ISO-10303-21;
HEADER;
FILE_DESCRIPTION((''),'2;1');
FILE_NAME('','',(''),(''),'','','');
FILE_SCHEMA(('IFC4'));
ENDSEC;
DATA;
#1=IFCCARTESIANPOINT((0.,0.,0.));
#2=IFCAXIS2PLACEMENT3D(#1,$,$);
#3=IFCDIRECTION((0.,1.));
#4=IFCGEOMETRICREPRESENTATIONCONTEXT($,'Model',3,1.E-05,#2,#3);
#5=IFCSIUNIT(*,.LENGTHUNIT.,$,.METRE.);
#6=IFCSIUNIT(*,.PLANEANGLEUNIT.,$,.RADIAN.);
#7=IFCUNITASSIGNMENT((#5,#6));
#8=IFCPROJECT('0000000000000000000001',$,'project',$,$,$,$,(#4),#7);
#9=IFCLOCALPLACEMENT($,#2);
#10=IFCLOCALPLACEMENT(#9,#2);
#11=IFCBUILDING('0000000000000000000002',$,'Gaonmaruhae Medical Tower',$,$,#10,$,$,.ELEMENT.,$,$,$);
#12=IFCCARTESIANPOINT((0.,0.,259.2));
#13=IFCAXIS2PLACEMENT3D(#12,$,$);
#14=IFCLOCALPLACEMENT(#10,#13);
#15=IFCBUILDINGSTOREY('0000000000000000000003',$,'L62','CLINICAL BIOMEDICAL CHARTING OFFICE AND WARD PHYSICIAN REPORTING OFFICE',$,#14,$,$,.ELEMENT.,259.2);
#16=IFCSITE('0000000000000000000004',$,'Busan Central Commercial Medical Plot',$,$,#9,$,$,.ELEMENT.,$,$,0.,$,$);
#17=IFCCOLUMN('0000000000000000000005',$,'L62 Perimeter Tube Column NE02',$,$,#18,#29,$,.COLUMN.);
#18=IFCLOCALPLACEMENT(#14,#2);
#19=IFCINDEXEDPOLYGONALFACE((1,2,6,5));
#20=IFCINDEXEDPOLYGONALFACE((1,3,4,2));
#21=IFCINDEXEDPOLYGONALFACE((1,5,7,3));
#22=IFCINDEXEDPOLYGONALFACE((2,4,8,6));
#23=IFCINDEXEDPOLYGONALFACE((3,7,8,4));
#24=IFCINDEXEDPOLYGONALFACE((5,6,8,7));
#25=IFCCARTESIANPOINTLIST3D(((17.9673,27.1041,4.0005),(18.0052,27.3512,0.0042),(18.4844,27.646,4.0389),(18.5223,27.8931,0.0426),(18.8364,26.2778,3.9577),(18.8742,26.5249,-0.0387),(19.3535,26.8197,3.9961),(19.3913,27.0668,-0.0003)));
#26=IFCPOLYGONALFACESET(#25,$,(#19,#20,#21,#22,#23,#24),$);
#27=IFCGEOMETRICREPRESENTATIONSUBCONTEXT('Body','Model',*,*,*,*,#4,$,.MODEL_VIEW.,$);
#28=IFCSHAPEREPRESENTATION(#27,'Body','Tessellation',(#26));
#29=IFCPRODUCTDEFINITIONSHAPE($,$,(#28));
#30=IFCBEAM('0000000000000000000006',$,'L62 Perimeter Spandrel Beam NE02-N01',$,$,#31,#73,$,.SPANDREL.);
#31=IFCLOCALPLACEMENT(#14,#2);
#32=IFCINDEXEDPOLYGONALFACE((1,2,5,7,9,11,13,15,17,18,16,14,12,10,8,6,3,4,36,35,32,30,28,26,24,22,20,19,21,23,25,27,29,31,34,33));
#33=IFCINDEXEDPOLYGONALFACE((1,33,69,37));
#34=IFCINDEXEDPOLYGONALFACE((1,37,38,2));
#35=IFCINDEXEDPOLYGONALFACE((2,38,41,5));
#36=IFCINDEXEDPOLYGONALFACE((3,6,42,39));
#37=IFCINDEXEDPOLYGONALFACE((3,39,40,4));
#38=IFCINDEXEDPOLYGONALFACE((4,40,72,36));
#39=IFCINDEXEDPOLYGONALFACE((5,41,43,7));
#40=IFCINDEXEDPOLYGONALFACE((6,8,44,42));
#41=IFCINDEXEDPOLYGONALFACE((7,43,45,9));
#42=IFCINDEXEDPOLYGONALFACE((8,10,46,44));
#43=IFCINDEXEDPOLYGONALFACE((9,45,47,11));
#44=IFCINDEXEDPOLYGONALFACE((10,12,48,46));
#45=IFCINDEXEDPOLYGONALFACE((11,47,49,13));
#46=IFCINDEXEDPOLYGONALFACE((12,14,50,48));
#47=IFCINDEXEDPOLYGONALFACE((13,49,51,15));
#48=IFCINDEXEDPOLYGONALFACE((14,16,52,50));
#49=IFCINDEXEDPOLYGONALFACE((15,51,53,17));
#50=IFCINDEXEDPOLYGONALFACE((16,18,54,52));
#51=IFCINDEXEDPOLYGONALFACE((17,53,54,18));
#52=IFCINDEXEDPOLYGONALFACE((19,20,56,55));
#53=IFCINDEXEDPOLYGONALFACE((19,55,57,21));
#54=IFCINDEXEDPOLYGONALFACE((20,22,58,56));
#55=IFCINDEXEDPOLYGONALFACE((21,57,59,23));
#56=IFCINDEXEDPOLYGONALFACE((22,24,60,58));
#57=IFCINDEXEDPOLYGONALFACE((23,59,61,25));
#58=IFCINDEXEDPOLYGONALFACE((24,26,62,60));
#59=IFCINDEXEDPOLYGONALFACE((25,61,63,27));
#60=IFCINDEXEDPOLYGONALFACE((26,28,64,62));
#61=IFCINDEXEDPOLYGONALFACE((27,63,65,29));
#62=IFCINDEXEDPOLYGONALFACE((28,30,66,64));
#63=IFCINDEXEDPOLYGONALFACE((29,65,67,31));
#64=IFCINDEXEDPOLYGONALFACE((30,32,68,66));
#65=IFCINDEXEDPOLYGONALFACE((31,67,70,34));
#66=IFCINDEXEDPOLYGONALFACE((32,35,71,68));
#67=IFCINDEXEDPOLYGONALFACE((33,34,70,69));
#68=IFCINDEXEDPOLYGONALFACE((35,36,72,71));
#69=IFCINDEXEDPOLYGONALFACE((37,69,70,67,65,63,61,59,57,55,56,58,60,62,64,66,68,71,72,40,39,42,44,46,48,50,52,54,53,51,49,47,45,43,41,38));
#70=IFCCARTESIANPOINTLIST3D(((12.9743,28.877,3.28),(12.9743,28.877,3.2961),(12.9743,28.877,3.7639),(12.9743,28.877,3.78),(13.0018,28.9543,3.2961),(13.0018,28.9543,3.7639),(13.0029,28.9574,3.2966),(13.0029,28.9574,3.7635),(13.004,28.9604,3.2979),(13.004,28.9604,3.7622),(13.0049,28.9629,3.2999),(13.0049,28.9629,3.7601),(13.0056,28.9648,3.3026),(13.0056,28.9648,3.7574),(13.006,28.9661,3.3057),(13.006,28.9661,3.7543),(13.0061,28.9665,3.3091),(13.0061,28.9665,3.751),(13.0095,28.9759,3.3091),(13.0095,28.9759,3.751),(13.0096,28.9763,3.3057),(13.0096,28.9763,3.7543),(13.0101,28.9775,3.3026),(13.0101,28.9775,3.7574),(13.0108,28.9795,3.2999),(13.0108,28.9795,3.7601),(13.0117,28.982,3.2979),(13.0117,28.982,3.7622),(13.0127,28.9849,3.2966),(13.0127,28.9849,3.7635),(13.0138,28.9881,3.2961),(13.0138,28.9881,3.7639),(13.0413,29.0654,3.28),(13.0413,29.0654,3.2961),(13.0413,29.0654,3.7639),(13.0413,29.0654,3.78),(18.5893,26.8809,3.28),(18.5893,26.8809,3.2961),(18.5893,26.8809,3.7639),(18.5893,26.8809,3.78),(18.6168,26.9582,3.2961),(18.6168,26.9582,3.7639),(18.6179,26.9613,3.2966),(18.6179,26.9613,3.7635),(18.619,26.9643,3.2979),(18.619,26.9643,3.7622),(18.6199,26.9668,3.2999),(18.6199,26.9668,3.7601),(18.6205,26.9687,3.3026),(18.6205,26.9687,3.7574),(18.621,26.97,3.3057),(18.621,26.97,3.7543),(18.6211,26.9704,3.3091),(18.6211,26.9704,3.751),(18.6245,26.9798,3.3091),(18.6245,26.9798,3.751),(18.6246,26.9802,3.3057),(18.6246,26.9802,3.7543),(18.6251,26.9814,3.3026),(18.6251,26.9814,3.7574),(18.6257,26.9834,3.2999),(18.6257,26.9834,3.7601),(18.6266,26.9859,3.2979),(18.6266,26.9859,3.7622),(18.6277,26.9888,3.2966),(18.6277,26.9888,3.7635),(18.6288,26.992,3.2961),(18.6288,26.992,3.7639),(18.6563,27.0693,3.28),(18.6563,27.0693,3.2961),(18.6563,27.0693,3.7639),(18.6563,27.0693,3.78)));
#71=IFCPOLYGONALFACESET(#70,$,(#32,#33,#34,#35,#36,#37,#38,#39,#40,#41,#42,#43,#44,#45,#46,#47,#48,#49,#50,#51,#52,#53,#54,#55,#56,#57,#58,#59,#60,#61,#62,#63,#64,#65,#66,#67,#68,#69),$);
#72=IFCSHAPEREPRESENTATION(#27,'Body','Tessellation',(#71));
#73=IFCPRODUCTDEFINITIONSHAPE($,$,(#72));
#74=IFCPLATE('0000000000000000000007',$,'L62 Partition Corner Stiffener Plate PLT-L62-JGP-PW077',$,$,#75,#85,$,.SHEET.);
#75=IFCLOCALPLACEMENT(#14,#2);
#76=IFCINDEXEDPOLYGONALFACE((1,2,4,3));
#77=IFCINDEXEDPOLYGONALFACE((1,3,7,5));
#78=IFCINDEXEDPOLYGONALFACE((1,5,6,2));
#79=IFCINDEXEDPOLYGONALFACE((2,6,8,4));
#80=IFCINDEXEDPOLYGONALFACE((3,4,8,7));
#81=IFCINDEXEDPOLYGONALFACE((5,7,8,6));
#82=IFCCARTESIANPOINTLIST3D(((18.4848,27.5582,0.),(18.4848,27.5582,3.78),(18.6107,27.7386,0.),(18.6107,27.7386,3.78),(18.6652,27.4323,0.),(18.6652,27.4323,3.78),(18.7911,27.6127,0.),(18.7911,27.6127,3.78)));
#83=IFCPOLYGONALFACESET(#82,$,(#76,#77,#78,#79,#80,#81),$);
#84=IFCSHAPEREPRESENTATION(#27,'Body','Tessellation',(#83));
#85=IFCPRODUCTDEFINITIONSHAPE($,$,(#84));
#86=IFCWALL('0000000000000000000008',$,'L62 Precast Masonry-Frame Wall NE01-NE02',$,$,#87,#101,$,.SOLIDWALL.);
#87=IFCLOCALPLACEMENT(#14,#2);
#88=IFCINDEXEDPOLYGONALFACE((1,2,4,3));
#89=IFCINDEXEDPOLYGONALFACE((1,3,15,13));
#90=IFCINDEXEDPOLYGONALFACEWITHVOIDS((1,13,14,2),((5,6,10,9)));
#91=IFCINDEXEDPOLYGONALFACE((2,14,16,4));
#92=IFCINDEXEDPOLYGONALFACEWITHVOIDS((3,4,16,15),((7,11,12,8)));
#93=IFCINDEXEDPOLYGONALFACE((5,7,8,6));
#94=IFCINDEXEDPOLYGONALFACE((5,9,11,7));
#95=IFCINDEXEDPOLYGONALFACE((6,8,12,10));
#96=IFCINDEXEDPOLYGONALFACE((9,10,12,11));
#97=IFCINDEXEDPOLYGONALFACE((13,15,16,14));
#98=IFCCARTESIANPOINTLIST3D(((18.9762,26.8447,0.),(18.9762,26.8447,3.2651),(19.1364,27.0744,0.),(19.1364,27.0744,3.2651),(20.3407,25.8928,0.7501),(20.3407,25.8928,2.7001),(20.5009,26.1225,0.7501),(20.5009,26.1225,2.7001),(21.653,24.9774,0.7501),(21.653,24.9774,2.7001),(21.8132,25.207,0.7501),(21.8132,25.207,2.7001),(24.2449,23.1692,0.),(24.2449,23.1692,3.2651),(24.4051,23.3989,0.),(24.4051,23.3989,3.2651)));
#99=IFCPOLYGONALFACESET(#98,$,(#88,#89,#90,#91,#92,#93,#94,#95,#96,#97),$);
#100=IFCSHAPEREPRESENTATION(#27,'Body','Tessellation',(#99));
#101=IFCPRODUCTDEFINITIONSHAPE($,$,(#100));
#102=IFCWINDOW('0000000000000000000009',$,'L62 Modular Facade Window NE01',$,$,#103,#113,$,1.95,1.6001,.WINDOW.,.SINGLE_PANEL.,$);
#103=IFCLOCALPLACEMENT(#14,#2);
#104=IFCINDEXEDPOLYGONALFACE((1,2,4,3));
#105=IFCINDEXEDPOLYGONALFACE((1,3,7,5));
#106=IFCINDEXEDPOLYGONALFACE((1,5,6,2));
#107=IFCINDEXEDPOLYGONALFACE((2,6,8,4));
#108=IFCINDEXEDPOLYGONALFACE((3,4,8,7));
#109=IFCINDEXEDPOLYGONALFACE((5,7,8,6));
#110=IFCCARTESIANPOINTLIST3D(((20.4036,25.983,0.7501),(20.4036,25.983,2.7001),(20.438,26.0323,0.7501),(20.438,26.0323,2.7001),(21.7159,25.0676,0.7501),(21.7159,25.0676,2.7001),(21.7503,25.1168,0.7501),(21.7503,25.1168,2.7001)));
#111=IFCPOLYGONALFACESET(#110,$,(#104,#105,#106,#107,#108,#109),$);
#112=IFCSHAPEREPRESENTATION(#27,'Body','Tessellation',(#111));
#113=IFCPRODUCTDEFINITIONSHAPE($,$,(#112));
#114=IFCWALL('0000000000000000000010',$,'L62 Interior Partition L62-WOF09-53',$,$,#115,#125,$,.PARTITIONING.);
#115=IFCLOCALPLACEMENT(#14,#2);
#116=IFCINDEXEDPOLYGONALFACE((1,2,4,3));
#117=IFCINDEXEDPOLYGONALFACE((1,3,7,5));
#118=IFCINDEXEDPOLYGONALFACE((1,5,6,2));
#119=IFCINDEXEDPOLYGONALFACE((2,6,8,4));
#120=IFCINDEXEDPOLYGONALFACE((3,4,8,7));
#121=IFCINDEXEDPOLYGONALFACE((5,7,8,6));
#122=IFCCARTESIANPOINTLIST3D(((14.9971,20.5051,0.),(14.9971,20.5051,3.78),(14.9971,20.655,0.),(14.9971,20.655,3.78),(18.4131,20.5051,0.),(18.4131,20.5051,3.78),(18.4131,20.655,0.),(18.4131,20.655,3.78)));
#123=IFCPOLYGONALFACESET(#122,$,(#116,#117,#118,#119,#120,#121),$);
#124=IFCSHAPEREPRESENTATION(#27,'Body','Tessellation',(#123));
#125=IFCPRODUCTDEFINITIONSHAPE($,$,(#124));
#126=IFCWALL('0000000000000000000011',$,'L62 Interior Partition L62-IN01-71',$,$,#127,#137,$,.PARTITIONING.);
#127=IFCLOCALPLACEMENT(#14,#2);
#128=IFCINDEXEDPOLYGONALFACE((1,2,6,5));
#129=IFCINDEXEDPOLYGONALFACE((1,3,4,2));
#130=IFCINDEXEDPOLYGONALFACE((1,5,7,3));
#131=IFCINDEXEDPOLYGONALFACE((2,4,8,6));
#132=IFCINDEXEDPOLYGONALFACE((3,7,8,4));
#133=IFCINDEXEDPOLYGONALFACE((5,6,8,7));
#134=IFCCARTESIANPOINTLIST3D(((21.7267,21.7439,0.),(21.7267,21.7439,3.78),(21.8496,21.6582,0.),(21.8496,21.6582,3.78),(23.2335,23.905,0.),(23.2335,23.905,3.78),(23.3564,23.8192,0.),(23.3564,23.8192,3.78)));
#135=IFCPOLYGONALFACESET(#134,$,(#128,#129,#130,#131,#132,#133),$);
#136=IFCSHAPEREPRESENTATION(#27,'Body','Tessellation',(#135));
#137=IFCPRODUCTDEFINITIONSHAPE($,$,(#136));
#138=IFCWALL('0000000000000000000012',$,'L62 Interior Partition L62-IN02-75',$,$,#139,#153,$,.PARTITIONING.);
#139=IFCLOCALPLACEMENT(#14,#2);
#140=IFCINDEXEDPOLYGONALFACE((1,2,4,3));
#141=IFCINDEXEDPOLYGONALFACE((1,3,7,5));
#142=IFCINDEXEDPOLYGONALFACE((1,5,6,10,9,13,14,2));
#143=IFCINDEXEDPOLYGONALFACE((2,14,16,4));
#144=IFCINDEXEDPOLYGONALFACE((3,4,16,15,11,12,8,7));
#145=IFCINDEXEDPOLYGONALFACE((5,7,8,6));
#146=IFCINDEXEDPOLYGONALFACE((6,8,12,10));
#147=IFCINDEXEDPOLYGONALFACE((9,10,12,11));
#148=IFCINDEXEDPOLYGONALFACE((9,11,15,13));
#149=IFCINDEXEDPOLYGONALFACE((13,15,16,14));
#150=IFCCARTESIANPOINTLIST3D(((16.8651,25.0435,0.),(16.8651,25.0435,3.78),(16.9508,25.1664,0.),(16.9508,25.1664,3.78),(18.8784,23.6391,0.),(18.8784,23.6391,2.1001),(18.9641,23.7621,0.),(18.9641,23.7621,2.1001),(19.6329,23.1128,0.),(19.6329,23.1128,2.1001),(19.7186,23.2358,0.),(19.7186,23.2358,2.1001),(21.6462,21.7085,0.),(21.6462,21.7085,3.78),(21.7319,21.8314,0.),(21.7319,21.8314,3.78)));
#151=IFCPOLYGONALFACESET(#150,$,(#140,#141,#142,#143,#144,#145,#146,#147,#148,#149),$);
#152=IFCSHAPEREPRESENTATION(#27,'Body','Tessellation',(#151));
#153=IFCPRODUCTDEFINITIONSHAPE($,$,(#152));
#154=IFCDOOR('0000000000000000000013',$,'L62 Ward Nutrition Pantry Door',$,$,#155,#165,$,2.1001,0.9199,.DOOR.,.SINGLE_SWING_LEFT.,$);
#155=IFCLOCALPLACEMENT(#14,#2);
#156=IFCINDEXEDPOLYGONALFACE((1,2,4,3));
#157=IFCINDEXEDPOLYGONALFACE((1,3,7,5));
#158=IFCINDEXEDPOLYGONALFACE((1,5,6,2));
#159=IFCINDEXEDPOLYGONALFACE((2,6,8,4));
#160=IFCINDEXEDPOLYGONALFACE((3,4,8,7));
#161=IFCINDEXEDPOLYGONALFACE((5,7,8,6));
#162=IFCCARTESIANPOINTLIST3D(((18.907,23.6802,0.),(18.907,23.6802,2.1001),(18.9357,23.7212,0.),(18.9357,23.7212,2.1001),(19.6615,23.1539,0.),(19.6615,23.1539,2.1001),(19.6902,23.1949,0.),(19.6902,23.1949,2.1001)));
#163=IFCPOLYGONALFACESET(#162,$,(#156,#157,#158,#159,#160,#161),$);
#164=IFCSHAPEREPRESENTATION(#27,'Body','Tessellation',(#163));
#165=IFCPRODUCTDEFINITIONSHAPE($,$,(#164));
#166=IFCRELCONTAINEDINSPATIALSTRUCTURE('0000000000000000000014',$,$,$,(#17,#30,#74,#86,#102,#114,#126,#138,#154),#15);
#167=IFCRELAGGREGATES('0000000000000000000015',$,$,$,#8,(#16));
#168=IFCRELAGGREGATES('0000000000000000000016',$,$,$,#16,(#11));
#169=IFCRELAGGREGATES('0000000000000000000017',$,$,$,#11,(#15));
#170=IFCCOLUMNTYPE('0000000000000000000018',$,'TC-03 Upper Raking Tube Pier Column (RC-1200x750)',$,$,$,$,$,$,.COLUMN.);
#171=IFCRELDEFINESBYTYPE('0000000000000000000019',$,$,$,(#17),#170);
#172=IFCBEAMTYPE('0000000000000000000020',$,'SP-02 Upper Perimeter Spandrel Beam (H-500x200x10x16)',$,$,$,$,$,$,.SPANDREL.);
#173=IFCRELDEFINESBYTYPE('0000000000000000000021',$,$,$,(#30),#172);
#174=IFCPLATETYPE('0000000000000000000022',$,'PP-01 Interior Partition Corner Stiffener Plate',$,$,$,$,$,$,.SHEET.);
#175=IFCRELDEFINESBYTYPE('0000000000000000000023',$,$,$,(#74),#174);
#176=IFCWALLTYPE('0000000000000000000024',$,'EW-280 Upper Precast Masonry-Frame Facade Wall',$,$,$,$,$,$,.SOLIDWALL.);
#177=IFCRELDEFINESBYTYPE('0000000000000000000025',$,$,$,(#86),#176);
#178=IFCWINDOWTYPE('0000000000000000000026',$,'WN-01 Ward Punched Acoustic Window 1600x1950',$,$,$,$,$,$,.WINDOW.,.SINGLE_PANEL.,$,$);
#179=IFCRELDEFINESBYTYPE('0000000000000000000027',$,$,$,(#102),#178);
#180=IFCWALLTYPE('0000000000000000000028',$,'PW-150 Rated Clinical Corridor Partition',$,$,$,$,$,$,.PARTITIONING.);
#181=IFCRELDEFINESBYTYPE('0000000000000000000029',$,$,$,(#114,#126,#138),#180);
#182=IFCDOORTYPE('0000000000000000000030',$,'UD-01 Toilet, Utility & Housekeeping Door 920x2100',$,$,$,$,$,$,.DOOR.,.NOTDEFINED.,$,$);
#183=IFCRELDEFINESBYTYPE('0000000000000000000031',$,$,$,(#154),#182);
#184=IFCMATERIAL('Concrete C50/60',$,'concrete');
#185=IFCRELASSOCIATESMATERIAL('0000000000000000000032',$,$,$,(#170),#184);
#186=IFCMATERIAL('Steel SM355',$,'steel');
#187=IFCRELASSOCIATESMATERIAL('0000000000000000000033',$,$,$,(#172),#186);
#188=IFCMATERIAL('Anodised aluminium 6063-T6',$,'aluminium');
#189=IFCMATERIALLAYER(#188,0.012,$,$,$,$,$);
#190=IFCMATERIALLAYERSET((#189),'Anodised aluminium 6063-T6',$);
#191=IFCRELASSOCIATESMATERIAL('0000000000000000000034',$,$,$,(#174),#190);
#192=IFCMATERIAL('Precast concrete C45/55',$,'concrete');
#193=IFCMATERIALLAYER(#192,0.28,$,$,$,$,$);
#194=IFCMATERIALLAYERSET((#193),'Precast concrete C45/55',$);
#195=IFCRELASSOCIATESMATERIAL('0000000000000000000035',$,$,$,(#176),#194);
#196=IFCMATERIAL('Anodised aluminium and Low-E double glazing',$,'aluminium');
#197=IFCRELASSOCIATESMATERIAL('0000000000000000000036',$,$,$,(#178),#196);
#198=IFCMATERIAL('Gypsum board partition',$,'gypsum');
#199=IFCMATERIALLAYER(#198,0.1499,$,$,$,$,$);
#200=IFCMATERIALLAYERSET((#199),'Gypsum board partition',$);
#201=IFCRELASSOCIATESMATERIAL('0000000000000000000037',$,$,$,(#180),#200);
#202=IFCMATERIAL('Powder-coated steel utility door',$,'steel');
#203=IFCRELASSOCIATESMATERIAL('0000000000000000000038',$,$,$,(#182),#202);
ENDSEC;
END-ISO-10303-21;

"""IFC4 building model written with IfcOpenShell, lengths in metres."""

from ifc_helpers import new_model, si_unit, direction, frame, frame_2d, origin, origin_2d, place, context, subcontext, project, spatial, rectangle, i_section, extrude, material, layer, layer_set, material_profile, profile_set, type_object, element, fill, save


model = new_model("IFC4")

# Units and contexts
model_context = context("Model", 3, precision=1e-05, world=origin(), true_north=direction((0.0, 1.0)))
body_context = subcontext(model_context, "Body", "Model", "MODEL_VIEW")
ifc_project = project(units=[si_unit("LENGTHUNIT", "METRE"), si_unit("PLANEANGLEUNIT", "RADIAN")], contexts=[model_context])

# Site, building, storey
site_placement = place(None, origin())
site = spatial("IfcSite", under=ifc_project, at=site_placement, Name="Busan Central Commercial Medical Plot", CompositionType="ELEMENT", RefElevation=0.0)
building_placement = place(site_placement, origin())
building = spatial("IfcBuilding", under=site, at=building_placement, Name="Gaonmaruhae Medical Tower", CompositionType="ELEMENT")
storey_placement = place(building_placement, frame((0.0, 0.0, 259.2)))
storey = spatial("IfcBuildingStorey", under=building, at=storey_placement, Name="L62", Description="CLINICAL BIOMEDICAL CHARTING OFFICE AND WARD PHYSICIAN REPORTING OFFICE", CompositionType="ELEMENT", Elevation=259.2)

# Column
ifc_material_1 = material(Name="Concrete C50/60", Category="concrete")
ifc_material_profile_1 = material_profile(ifc_material_1, rectangle(XDim=1.2, YDim=0.75, at=origin_2d()), Name="RC-1200x750")
ifc_profile_set_1 = profile_set([ifc_material_profile_1], Name="Concrete C50/60")
column_type = type_object("IfcColumnType", Name="TC-03 Upper Raking Tube Pier Column (RC-1200x750)", PredefinedType="COLUMN", material=ifc_profile_set_1)
column_placement = place(storey_placement, frame((18.6982, 27.209, 0.002), z_axis=(-0.009451, -0.061704, 0.99805), x_axis=(-0.724246, 0.688616, 0.035715)))
element("IfcColumn", 1, at=column_placement, inside=storey, type_object=column_type, Name="L62 Perimeter Tube Column NE02", PredefinedType="COLUMN", context=body_context, shape_type="SweptSolid", body=[
    extrude(rectangle(XDim=1.2, YDim=0.75, at=origin_2d()), origin(), (0.0, 0.0, 1.0), 4.0042),
])

# Beam
ifc_material_2 = material(Name="Steel SM355", Category="steel")
ifc_material_profile_2 = material_profile(ifc_material_2, i_section(OverallWidth=0.2, OverallDepth=0.5, WebThickness=0.01, FlangeThickness=0.0161, FilletRadius=0.0129, at=origin_2d()), Name="H-500x200x10x16")
ifc_profile_set_2 = profile_set([ifc_material_profile_2], Name="Steel SM355")
beam_type = type_object("IfcBeamType", Name="SP-02 Upper Perimeter Spandrel Beam (H-500x200x10x16)", PredefinedType="SPANDREL", material=ifc_profile_set_2)
beam_placement = place(storey_placement, frame((18.6228, 26.9751, 3.53), z_axis=(-0.942233, 0.334958, 0.0), x_axis=(-0.334958, -0.942233, 0.0)))
element("IfcBeam", 2, at=beam_placement, inside=storey, type_object=beam_type, Name="L62 Perimeter Spandrel Beam NE02-N01", PredefinedType="SPANDREL", context=body_context, shape_type="SweptSolid", body=[
    extrude(i_section(OverallWidth=0.2, OverallDepth=0.5, WebThickness=0.01, FlangeThickness=0.0161, FilletRadius=0.0129, at=origin_2d()), origin(), (0.0, 0.0, 1.0), 5.9592),
])

# Plate
ifc_material_3 = material(Name="Anodised aluminium 6063-T6", Category="aluminium")
ifc_layer_1 = layer(ifc_material_3, 0.012)
ifc_layer_set_1 = layer_set([ifc_layer_1], Name="Anodised aluminium 6063-T6")
plate_type = type_object("IfcPlateType", Name="PP-01 Interior Partition Corner Stiffener Plate", PredefinedType="SHEET", material=ifc_layer_set_1)
plate_placement = place(storey_placement, frame((18.6379, 27.5854, 0.0), z_axis=(0.0, 0.0, 1.0), x_axis=(0.572132, 0.820162, 0.0)))
element("IfcPlate", 3, at=plate_placement, inside=storey, type_object=plate_type, Name="L62 Partition Corner Stiffener Plate PLT-L62-JGP-PW077", PredefinedType="SHEET", context=body_context, shape_type="SweptSolid", body=[
    extrude(rectangle(XDim=0.22, YDim=0.22, at=origin_2d()), origin(), (0.0, 0.0, 1.0), 3.78),
])

# Wall, opening, window
ifc_material_4 = material(Name="Precast concrete C45/55", Category="concrete")
ifc_layer_2 = layer(ifc_material_4, 0.28)
ifc_layer_set_2 = layer_set([ifc_layer_2], Name="Precast concrete C45/55")
wall_type_1 = type_object("IfcWallType", Name="EW-280 Upper Precast Masonry-Frame Facade Wall", PredefinedType="SOLIDWALL", material=ifc_layer_set_2)
wall_1_placement = place(storey_placement, frame((19.0564, 26.9595, 0.0), z_axis=(0.0, 0.0, 1.0), x_axis=(0.820154, -0.572143, 0.0)))
wall_1 = element("IfcWall", 4, at=wall_1_placement, inside=storey, type_object=wall_type_1, Name="L62 Precast Masonry-Frame Wall NE01-NE02", PredefinedType="SOLIDWALL", context=body_context, shape_type="SweptSolid", body=[
    extrude(rectangle(XDim=6.4241, YDim=0.28, at=frame_2d((3.2119, 0.0))), origin(), (0.0, 0.0, 1.0), 3.2651),
])
opening_1_placement = place(wall_1_placement, frame((1.6636, 0.0, 0.75)))
opening_1 = element("IfcOpeningElement", 5, at=opening_1_placement, cuts=wall_1, PredefinedType="OPENING", context=body_context, shape_type="SweptSolid", body=[
    extrude(rectangle(XDim=1.6001, YDim=1.95, at=frame_2d((0.8, 0.9751))), frame((0.0, 0.1499, 0.0), z_axis=(0.0, -1.0, 0.0), x_axis=(1.0, 0.0, 0.0)), (0.0, 0.0, 1.0), 0.3),
])
ifc_material_5 = material(Name="Anodised aluminium and Low-E double glazing", Category="aluminium")
window_type = type_object("IfcWindowType", Name="WN-01 Ward Punched Acoustic Window 1600x1950", PartitioningType="SINGLE_PANEL", PredefinedType="WINDOW", material=ifc_material_5)
window_placement = place(opening_1_placement, origin())
window = element("IfcWindow", 6, at=window_placement, inside=storey, type_object=window_type, Name="L62 Modular Facade Window NE01", OverallHeight=1.95, OverallWidth=1.6001, PartitioningType="SINGLE_PANEL", PredefinedType="WINDOW", context=body_context, shape_type="SweptSolid", body=[
    extrude(rectangle(XDim=1.6001, YDim=1.95, at=frame_2d((0.8, 0.9751))), frame((0.0, 0.03, 0.0), z_axis=(0.0, -1.0, 0.0), x_axis=(1.0, 0.0, 0.0)), (0.0, 0.0, 1.0), 0.0601),
])
fill(opening_1, window)

# Walls
ifc_material_6 = material(Name="Gypsum board partition", Category="gypsum")
ifc_layer_3 = layer(ifc_material_6, 0.1499)
ifc_layer_set_3 = layer_set([ifc_layer_3], Name="Gypsum board partition")
wall_type_2 = type_object("IfcWallType", Name="PW-150 Rated Clinical Corridor Partition", PredefinedType="PARTITIONING", material=ifc_layer_set_3)
wall_2_placement = place(storey_placement, frame((18.4131, 20.5801, 0.0), z_axis=(0.0, 0.0, 1.0), x_axis=(-1.0, 0.0, 0.0)))
element("IfcWall", 7, at=wall_2_placement, inside=storey, type_object=wall_type_2, Name="L62 Interior Partition L62-WOF09-53", PredefinedType="PARTITIONING", context=body_context, shape_type="SweptSolid", body=[
    extrude(rectangle(XDim=3.416, YDim=0.1499, at=frame_2d((1.708, 0.0))), origin(), (0.0, 0.0, 1.0), 3.78),
])
wall_3_placement = place(storey_placement, frame((21.7881, 21.7009, 0.0), z_axis=(0.0, 0.0, 1.0), x_axis=(0.571944, 0.820293, 0.0)))
element("IfcWall", 8, at=wall_3_placement, inside=storey, type_object=wall_type_2, Name="L62 Interior Partition L62-IN01-71", PredefinedType="PARTITIONING", context=body_context, shape_type="SweptSolid", body=[
    extrude(rectangle(XDim=2.6345, YDim=0.1499, at=frame_2d((1.3174, 0.0))), origin(), (0.0, 0.0, 1.0), 3.78),
])

# Wall, opening, door
wall_4_placement = place(storey_placement, frame((21.689, 21.77, 0.0), z_axis=(0.0, 0.0, 1.0), x_axis=(-0.820177, 0.57211, 0.0)))
wall_4 = element("IfcWall", 9, at=wall_4_placement, inside=storey, type_object=wall_type_2, Name="L62 Interior Partition L62-IN02-75", PredefinedType="PARTITIONING", context=body_context, shape_type="SweptSolid", body=[
    extrude(rectangle(XDim=5.8293, YDim=0.1499, at=frame_2d((2.9146, 0.0))), origin(), (0.0, 0.0, 1.0), 3.78),
])
opening_2_placement = place(wall_4_placement, frame((2.4546, 0.0, 0.0)))
opening_2 = element("IfcOpeningElement", 10, at=opening_2_placement, cuts=wall_4, PredefinedType="OPENING", context=body_context, shape_type="SweptSolid", body=[
    extrude(rectangle(XDim=0.9199, YDim=2.1001, at=frame_2d((0.46, 1.05))), frame((0.0, 0.085, 0.0), z_axis=(0.0, -1.0, 0.0), x_axis=(1.0, 0.0, 0.0)), (0.0, 0.0, 1.0), 0.1699),
])
ifc_material_7 = material(Name="Powder-coated steel utility door", Category="steel")
door_type_1 = type_object("IfcDoorType", Name="UD-01 Toilet, Utility & Housekeeping Door 920x2100", OperationType="NOTDEFINED", PredefinedType="DOOR", material=ifc_material_7)
door_1_placement = place(opening_2_placement, origin())
door_1 = element("IfcDoor", 11, at=door_1_placement, inside=storey, type_object=door_type_1, Name="L62 Ward Nutrition Pantry Door", OperationType="SINGLE_SWING_LEFT", OverallHeight=2.1001, OverallWidth=0.9199, PredefinedType="DOOR", context=body_context, shape_type="SweptSolid", body=[
    extrude(rectangle(XDim=0.9199, YDim=2.1001, at=frame_2d((0.46, 1.05))), frame((0.0, 0.0249, 0.0), z_axis=(0.0, -1.0, 0.0), x_axis=(1.0, 0.0, 0.0)), (0.0, 0.0, 1.0), 0.05),
])
fill(opening_2, door_1)

save(model, "model.ifc")
